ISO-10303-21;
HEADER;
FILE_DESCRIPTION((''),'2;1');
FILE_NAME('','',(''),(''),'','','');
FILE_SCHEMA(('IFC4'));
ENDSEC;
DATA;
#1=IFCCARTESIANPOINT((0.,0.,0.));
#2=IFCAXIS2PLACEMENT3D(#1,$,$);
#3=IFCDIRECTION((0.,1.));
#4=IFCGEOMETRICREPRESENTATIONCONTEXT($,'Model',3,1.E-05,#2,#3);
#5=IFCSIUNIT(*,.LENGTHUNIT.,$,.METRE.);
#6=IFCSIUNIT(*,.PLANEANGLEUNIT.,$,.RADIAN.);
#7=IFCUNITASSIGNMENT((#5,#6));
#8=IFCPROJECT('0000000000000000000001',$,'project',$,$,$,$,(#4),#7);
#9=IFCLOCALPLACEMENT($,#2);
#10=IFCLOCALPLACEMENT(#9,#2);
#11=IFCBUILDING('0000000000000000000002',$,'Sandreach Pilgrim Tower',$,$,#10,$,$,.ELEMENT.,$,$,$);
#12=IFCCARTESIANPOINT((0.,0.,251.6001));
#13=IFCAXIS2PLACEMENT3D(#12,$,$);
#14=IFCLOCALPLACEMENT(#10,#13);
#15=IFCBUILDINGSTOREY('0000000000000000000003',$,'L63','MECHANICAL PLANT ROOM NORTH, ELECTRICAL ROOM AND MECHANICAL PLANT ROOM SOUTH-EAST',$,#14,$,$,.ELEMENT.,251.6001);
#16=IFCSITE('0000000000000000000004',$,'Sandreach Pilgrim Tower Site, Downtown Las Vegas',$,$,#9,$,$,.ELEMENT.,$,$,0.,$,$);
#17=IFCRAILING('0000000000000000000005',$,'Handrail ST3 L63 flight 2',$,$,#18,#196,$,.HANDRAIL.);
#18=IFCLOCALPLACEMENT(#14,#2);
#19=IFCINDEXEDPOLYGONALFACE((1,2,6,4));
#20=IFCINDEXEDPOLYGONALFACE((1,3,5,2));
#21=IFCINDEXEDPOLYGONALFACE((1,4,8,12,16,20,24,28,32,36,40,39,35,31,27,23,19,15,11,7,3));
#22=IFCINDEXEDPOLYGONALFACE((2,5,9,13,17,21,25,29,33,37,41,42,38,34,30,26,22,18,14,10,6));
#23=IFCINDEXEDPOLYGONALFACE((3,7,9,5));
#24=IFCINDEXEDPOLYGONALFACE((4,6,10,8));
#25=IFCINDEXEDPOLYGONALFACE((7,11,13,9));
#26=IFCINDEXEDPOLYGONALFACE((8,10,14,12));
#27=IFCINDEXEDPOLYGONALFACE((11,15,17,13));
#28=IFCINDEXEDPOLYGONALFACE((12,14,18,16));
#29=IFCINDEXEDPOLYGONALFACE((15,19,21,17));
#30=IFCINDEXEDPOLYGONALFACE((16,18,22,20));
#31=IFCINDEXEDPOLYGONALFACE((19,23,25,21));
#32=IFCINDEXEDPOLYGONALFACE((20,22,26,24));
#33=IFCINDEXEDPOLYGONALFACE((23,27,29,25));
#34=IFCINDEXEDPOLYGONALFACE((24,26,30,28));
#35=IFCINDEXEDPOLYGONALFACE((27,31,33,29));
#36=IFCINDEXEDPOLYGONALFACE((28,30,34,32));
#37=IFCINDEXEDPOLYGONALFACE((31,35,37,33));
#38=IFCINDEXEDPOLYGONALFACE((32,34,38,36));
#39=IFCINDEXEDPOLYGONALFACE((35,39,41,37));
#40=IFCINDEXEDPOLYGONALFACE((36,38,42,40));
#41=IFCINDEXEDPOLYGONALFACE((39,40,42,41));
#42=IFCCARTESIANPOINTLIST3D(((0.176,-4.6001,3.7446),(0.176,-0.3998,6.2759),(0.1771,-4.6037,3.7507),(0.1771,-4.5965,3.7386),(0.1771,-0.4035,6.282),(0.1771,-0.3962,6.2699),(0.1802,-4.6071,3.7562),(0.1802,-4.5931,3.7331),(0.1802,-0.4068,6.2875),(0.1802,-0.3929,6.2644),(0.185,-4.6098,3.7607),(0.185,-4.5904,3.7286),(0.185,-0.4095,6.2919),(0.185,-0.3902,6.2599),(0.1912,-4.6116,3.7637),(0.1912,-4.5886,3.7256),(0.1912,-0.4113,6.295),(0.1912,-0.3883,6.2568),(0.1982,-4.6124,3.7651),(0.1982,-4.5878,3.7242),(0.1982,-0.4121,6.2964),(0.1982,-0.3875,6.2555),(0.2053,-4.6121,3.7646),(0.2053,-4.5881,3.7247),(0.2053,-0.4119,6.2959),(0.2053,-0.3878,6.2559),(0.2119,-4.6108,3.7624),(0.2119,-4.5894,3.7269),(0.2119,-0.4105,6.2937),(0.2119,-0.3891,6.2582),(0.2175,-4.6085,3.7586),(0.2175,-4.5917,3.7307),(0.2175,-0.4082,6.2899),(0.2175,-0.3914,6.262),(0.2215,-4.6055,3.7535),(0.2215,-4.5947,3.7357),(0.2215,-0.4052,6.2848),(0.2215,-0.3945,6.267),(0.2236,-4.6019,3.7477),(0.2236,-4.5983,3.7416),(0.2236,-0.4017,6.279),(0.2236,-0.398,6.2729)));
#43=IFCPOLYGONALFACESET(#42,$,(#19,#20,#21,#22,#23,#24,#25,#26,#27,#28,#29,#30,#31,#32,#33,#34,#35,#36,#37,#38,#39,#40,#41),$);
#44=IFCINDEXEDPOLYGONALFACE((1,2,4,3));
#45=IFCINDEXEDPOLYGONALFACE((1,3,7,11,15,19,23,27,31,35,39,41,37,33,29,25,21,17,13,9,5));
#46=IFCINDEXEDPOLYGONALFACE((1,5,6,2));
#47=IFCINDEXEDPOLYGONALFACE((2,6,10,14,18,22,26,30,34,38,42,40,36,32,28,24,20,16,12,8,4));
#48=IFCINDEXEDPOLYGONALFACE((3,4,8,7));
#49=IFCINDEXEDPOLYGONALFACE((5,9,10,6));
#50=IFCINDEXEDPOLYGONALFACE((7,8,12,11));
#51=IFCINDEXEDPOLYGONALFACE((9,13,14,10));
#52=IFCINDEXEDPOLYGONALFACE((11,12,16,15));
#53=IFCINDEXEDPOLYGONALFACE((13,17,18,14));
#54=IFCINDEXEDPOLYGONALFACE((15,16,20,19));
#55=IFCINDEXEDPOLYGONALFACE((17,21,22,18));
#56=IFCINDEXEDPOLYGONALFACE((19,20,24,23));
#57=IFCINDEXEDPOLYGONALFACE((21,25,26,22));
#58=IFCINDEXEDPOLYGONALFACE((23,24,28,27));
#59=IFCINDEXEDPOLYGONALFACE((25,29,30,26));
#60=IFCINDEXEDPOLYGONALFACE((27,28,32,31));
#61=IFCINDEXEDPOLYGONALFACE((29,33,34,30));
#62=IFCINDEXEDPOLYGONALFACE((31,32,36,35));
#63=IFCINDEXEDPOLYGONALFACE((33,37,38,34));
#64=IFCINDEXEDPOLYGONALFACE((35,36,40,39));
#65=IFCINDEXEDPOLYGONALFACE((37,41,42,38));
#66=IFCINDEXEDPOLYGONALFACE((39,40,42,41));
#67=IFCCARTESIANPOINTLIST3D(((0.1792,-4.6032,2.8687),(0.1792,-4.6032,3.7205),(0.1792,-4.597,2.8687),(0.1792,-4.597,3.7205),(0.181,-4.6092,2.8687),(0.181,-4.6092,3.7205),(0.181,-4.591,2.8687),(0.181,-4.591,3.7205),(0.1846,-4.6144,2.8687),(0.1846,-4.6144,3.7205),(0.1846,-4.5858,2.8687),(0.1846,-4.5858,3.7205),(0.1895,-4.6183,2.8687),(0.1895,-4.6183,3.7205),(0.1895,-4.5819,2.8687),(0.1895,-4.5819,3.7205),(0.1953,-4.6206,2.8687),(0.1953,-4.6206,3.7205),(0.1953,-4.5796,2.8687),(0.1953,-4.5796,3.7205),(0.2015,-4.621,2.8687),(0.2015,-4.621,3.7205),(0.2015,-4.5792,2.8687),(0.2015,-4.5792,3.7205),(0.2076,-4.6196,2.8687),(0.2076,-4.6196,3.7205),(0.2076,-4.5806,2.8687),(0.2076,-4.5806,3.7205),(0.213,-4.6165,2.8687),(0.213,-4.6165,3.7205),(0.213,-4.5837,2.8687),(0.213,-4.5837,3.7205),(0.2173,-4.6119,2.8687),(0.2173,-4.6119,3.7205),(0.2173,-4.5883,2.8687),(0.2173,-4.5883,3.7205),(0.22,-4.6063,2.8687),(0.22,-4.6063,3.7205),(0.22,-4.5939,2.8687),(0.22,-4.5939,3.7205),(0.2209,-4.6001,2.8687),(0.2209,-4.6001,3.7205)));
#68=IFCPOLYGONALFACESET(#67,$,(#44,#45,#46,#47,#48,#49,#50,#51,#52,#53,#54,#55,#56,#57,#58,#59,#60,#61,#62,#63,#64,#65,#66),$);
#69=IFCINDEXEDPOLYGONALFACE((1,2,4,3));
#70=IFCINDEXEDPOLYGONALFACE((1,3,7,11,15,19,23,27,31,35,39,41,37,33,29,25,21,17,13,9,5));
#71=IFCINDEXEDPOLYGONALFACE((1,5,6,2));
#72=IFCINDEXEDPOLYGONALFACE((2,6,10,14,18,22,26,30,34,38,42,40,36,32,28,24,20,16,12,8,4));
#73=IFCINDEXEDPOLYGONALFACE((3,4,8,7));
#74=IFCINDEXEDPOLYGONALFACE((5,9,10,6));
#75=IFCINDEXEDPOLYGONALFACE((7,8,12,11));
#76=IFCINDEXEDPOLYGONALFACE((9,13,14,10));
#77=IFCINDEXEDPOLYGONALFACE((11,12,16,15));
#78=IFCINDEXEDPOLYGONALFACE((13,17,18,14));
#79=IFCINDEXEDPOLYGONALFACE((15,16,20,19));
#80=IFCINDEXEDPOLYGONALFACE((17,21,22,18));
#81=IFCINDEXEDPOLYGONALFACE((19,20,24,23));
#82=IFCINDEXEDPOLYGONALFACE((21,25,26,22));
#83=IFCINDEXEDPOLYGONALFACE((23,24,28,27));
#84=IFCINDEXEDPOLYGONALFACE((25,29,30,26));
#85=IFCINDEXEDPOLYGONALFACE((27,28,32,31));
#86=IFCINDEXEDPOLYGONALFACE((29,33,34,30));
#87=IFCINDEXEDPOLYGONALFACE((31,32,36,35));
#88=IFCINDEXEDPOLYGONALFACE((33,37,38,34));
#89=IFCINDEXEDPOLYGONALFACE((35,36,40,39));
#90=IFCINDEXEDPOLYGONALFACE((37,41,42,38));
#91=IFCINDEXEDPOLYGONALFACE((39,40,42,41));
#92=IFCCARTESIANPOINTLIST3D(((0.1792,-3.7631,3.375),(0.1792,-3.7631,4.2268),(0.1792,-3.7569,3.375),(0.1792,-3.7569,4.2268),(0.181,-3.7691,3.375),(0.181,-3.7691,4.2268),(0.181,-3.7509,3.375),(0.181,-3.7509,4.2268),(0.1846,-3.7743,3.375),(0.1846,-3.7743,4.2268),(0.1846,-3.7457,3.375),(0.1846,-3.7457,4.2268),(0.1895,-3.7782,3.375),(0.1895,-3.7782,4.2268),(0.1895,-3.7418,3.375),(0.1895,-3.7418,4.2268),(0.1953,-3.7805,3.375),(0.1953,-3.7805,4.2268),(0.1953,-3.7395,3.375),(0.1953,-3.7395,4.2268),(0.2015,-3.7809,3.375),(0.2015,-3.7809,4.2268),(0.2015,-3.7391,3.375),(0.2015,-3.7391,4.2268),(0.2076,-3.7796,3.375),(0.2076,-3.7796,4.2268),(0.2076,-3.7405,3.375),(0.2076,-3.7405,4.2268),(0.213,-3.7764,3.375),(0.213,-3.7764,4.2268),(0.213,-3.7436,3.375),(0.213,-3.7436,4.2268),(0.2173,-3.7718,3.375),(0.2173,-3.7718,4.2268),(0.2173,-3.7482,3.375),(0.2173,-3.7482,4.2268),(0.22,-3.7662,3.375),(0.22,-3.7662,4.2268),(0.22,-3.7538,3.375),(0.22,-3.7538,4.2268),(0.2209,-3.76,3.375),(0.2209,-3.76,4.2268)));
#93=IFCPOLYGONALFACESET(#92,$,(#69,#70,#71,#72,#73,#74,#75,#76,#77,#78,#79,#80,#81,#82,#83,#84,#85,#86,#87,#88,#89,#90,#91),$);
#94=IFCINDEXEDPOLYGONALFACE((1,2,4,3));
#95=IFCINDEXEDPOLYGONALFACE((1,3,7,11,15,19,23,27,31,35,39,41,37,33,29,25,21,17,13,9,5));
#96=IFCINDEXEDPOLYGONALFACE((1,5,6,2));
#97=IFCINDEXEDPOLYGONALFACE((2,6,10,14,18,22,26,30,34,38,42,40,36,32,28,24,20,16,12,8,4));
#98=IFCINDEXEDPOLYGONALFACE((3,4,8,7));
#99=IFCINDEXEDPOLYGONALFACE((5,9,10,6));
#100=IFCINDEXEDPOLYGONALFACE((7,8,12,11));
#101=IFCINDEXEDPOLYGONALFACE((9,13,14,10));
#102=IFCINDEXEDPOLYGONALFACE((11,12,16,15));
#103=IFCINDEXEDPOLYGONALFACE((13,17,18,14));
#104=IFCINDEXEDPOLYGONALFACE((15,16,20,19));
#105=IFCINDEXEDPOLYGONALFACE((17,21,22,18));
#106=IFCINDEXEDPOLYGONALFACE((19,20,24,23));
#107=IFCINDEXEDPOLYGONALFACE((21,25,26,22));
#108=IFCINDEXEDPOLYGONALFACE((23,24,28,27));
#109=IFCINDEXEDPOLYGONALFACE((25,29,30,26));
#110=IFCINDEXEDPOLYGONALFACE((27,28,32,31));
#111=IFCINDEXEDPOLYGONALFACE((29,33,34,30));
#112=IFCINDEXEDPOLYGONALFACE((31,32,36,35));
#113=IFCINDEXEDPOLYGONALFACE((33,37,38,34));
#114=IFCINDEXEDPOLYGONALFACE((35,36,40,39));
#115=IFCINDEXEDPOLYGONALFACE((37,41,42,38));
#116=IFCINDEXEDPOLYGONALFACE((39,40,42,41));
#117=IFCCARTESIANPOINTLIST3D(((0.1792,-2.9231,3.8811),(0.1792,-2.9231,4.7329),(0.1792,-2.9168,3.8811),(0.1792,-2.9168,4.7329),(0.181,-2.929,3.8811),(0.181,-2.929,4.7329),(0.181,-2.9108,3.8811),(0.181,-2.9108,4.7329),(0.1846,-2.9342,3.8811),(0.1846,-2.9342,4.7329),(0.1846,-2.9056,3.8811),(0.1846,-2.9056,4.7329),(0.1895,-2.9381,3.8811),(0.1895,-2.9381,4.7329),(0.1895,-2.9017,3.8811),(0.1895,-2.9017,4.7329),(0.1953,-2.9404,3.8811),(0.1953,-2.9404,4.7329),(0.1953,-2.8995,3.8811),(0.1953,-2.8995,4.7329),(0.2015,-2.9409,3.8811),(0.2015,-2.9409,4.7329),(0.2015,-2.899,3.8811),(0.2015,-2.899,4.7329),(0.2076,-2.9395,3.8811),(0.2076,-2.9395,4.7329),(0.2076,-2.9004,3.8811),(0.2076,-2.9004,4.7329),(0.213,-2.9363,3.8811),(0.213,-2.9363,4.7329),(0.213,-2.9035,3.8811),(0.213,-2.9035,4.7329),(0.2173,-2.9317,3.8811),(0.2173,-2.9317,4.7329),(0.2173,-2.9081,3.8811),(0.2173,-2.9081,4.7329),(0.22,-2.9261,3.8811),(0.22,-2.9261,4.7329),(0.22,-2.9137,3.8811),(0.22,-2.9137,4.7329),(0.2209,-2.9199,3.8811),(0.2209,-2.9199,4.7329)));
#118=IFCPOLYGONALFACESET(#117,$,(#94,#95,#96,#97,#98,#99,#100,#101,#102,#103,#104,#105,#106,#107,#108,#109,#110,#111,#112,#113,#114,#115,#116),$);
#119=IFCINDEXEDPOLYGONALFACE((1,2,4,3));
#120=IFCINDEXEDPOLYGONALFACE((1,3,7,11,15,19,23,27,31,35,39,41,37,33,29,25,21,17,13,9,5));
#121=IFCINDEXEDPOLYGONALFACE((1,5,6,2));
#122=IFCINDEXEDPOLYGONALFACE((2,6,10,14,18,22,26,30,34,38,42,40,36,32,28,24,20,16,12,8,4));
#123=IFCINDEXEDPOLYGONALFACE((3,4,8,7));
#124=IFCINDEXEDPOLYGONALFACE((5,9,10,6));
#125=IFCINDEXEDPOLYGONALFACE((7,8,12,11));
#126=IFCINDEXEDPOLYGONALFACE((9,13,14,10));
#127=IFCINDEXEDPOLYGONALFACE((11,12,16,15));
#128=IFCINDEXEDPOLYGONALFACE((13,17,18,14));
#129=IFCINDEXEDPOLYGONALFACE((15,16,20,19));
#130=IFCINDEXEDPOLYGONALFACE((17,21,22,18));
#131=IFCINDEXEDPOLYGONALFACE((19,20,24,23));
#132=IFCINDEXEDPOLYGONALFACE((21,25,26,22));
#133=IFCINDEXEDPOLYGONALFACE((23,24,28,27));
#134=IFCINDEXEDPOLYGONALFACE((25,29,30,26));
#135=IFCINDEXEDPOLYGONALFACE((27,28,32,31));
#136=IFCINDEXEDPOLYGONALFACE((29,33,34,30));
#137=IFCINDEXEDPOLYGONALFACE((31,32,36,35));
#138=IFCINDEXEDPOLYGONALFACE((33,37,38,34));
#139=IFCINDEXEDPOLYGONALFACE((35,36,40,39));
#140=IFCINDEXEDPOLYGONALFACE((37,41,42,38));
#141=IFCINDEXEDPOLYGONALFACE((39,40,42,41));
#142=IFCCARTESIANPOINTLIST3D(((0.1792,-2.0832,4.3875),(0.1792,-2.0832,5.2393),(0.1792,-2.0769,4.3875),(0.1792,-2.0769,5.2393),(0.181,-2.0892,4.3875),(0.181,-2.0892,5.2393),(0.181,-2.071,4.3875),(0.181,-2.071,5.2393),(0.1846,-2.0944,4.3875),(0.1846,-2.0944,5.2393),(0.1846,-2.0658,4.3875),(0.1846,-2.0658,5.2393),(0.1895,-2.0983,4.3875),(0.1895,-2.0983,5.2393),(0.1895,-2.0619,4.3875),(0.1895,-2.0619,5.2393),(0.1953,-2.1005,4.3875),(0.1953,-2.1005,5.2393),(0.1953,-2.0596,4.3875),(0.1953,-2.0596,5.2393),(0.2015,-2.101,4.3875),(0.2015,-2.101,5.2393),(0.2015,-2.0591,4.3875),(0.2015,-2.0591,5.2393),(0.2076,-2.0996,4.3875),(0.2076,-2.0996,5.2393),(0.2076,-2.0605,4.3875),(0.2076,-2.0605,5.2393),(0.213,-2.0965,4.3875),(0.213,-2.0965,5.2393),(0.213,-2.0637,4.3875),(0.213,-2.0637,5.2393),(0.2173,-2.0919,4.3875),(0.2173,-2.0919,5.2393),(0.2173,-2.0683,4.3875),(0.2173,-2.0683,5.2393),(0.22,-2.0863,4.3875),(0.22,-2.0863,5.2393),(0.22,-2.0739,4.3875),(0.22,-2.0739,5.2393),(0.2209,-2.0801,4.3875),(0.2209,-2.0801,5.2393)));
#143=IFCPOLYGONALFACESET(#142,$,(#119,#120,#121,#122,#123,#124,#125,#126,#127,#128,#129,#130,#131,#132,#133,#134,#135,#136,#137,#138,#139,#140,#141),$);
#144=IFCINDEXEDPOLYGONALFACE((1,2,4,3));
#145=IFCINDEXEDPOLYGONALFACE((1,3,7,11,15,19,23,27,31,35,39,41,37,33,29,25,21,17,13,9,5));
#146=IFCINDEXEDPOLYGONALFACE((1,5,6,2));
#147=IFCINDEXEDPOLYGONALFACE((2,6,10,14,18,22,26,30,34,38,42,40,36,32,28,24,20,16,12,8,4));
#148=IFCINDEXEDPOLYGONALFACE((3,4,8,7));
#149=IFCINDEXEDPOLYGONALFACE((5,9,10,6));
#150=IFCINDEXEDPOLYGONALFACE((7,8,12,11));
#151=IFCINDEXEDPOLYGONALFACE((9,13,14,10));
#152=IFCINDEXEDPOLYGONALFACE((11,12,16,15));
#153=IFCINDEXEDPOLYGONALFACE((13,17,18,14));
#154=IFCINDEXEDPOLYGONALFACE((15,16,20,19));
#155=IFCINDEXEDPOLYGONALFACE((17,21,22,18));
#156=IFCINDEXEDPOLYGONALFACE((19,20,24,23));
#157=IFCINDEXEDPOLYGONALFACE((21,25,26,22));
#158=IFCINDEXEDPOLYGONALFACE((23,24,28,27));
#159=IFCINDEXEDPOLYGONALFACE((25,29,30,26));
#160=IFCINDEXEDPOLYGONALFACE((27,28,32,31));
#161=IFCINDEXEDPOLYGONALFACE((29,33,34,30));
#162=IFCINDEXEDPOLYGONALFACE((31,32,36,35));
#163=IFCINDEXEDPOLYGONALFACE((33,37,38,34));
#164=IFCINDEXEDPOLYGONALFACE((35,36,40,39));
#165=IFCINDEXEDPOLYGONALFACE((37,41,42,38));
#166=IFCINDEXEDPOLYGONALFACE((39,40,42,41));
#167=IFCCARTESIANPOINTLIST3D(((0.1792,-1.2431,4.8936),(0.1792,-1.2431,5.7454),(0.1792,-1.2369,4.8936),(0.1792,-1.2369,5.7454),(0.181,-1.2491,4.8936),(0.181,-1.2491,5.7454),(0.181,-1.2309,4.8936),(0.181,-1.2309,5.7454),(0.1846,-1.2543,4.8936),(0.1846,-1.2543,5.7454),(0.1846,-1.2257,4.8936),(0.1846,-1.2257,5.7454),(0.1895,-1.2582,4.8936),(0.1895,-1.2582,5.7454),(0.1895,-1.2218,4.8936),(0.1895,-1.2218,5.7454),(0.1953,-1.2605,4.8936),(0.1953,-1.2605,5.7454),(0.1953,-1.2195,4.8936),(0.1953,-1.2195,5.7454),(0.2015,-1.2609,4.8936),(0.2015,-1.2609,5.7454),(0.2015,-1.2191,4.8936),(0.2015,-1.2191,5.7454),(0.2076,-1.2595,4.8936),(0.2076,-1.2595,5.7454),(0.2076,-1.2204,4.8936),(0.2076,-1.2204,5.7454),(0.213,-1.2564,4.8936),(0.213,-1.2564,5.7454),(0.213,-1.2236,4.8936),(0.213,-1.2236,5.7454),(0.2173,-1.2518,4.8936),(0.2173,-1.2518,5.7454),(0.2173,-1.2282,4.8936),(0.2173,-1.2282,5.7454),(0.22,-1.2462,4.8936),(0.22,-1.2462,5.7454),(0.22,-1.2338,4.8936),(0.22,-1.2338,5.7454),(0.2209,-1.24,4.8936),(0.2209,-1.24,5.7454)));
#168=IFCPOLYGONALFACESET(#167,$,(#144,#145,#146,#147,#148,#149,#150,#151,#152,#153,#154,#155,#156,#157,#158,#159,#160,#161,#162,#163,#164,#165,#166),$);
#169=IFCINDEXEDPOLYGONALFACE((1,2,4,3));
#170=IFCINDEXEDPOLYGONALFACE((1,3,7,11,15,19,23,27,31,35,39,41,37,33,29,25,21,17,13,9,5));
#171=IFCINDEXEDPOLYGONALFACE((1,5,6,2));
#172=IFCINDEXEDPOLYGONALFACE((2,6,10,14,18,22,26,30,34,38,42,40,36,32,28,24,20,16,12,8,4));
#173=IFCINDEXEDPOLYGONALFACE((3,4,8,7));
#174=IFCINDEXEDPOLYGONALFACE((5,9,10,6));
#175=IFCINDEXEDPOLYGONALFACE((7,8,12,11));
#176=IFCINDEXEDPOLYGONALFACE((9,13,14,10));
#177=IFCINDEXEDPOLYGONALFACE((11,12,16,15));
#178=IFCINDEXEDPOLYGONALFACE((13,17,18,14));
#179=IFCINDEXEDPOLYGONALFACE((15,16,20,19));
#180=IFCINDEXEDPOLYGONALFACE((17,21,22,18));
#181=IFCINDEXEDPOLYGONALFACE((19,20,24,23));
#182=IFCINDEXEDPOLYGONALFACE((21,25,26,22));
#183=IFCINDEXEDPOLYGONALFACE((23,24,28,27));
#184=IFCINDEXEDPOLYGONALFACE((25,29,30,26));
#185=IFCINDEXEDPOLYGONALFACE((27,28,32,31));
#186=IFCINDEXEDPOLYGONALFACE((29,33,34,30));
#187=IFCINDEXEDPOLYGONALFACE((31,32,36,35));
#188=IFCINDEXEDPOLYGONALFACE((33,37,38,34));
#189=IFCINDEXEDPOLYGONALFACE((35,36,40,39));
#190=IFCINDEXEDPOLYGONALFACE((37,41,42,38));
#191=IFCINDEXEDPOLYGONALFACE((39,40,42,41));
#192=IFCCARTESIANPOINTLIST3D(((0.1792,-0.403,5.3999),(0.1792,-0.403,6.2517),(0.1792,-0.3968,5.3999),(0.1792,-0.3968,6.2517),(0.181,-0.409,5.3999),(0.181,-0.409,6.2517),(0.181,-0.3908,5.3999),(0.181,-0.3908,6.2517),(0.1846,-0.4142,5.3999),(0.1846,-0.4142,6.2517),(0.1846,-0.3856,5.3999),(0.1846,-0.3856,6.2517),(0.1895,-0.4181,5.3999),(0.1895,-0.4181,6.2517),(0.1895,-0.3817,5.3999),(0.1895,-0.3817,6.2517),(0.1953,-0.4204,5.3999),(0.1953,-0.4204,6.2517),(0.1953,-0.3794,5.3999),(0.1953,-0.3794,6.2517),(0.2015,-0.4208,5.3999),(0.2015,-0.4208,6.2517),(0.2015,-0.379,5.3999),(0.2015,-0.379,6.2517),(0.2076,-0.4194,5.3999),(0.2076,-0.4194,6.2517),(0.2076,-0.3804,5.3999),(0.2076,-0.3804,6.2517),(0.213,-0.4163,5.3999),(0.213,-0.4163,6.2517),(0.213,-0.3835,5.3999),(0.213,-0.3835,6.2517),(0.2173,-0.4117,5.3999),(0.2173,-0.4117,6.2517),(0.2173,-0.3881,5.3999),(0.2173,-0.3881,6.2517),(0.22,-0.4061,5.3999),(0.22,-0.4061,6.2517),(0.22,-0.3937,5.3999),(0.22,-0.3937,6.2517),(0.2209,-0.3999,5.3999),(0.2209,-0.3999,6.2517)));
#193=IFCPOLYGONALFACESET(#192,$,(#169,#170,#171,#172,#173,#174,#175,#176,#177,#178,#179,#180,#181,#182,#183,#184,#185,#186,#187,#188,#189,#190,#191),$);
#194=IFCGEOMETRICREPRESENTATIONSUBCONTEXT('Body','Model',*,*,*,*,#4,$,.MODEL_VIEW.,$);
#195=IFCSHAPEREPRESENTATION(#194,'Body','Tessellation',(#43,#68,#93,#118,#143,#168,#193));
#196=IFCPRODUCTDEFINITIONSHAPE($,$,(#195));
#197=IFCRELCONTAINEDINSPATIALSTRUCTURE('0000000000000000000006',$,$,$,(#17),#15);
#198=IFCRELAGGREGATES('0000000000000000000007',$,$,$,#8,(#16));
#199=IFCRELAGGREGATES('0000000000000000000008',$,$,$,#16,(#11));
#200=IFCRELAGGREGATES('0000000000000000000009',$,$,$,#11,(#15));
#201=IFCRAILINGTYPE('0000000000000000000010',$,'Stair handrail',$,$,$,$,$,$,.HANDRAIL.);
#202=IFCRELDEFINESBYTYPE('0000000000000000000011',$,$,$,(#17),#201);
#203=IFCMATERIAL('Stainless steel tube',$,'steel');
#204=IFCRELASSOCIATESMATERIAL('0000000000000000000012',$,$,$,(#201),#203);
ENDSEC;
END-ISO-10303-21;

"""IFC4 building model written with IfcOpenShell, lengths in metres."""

from ifc_helpers import new_model, si_unit, direction, frame, origin, origin_2d, place, context, subcontext, project, spatial, circle, extrude, material, type_object, element, save


model = new_model("IFC4")

# Units and contexts
model_context = context("Model", 3, precision=1e-05, world=origin(), true_north=direction((0.0, 1.0)))
body_context = subcontext(model_context, "Body", "Model", "MODEL_VIEW")
ifc_project = project(units=[si_unit("LENGTHUNIT", "METRE"), si_unit("PLANEANGLEUNIT", "RADIAN")], contexts=[model_context])

# Site, building, storey
site_placement = place(None, origin())
site = spatial("IfcSite", under=ifc_project, at=site_placement, Name="Sandreach Pilgrim Tower Site, Downtown Las Vegas", CompositionType="ELEMENT", RefElevation=0.0)
building_placement = place(site_placement, origin())
building = spatial("IfcBuilding", under=site, at=building_placement, Name="Sandreach Pilgrim Tower", CompositionType="ELEMENT")
storey_placement = place(building_placement, frame((0.0, 0.0, 251.6001)))
storey = spatial("IfcBuildingStorey", under=building, at=storey_placement, Name="L63", Description="MECHANICAL PLANT ROOM NORTH, ELECTRICAL ROOM AND MECHANICAL PLANT ROOM SOUTH-EAST", CompositionType="ELEMENT", Elevation=251.6001)

# Railing
ifc_material_1 = material(Name="Stainless steel tube", Category="steel")
railing_type = type_object("IfcRailingType", Name="Stair handrail", PredefinedType="HANDRAIL", material=ifc_material_1)
for number, where, name in (
    (1, (0.2, -4.6001, 2.8687), "Handrail ST3 L63 flight 2"),
):
    element("IfcRailing", number, at=place(storey_placement, frame(where)), inside=storey, type_object=railing_type, Name=name, PredefinedType="HANDRAIL", context=body_context, shape_type="SweptSolid", body=[
        extrude(circle(Radius=0.0239, at=origin_2d()), frame((0.0, 0.0, 0.876), z_axis=(0.0, 0.85649, 0.516164), x_axis=(-1.0, 0.0, 0.0)), (0.0, 0.0, 1.0), 4.9041),
        extrude(circle(Radius=0.021, at=origin_2d()), origin(), (0.0, 0.0, 1.0), 0.8518),
        extrude(circle(Radius=0.021, at=origin_2d()), frame((0.0, 0.8401, 0.5063)), (0.0, 0.0, 1.0), 0.8518),
        extrude(circle(Radius=0.021, at=origin_2d()), frame((0.0, 1.6802, 1.0125)), (0.0, 0.0, 1.0), 0.8518),
        extrude(circle(Radius=0.021, at=origin_2d()), frame((0.0, 2.52, 1.5188)), (0.0, 0.0, 1.0), 0.8518),
        extrude(circle(Radius=0.021, at=origin_2d()), frame((0.0, 3.3601, 2.0249)), (0.0, 0.0, 1.0), 0.8518),
        extrude(circle(Radius=0.021, at=origin_2d()), frame((0.0, 4.2002, 2.5312)), (0.0, 0.0, 1.0), 0.8518),
    ])

save(model, "model.ifc")
